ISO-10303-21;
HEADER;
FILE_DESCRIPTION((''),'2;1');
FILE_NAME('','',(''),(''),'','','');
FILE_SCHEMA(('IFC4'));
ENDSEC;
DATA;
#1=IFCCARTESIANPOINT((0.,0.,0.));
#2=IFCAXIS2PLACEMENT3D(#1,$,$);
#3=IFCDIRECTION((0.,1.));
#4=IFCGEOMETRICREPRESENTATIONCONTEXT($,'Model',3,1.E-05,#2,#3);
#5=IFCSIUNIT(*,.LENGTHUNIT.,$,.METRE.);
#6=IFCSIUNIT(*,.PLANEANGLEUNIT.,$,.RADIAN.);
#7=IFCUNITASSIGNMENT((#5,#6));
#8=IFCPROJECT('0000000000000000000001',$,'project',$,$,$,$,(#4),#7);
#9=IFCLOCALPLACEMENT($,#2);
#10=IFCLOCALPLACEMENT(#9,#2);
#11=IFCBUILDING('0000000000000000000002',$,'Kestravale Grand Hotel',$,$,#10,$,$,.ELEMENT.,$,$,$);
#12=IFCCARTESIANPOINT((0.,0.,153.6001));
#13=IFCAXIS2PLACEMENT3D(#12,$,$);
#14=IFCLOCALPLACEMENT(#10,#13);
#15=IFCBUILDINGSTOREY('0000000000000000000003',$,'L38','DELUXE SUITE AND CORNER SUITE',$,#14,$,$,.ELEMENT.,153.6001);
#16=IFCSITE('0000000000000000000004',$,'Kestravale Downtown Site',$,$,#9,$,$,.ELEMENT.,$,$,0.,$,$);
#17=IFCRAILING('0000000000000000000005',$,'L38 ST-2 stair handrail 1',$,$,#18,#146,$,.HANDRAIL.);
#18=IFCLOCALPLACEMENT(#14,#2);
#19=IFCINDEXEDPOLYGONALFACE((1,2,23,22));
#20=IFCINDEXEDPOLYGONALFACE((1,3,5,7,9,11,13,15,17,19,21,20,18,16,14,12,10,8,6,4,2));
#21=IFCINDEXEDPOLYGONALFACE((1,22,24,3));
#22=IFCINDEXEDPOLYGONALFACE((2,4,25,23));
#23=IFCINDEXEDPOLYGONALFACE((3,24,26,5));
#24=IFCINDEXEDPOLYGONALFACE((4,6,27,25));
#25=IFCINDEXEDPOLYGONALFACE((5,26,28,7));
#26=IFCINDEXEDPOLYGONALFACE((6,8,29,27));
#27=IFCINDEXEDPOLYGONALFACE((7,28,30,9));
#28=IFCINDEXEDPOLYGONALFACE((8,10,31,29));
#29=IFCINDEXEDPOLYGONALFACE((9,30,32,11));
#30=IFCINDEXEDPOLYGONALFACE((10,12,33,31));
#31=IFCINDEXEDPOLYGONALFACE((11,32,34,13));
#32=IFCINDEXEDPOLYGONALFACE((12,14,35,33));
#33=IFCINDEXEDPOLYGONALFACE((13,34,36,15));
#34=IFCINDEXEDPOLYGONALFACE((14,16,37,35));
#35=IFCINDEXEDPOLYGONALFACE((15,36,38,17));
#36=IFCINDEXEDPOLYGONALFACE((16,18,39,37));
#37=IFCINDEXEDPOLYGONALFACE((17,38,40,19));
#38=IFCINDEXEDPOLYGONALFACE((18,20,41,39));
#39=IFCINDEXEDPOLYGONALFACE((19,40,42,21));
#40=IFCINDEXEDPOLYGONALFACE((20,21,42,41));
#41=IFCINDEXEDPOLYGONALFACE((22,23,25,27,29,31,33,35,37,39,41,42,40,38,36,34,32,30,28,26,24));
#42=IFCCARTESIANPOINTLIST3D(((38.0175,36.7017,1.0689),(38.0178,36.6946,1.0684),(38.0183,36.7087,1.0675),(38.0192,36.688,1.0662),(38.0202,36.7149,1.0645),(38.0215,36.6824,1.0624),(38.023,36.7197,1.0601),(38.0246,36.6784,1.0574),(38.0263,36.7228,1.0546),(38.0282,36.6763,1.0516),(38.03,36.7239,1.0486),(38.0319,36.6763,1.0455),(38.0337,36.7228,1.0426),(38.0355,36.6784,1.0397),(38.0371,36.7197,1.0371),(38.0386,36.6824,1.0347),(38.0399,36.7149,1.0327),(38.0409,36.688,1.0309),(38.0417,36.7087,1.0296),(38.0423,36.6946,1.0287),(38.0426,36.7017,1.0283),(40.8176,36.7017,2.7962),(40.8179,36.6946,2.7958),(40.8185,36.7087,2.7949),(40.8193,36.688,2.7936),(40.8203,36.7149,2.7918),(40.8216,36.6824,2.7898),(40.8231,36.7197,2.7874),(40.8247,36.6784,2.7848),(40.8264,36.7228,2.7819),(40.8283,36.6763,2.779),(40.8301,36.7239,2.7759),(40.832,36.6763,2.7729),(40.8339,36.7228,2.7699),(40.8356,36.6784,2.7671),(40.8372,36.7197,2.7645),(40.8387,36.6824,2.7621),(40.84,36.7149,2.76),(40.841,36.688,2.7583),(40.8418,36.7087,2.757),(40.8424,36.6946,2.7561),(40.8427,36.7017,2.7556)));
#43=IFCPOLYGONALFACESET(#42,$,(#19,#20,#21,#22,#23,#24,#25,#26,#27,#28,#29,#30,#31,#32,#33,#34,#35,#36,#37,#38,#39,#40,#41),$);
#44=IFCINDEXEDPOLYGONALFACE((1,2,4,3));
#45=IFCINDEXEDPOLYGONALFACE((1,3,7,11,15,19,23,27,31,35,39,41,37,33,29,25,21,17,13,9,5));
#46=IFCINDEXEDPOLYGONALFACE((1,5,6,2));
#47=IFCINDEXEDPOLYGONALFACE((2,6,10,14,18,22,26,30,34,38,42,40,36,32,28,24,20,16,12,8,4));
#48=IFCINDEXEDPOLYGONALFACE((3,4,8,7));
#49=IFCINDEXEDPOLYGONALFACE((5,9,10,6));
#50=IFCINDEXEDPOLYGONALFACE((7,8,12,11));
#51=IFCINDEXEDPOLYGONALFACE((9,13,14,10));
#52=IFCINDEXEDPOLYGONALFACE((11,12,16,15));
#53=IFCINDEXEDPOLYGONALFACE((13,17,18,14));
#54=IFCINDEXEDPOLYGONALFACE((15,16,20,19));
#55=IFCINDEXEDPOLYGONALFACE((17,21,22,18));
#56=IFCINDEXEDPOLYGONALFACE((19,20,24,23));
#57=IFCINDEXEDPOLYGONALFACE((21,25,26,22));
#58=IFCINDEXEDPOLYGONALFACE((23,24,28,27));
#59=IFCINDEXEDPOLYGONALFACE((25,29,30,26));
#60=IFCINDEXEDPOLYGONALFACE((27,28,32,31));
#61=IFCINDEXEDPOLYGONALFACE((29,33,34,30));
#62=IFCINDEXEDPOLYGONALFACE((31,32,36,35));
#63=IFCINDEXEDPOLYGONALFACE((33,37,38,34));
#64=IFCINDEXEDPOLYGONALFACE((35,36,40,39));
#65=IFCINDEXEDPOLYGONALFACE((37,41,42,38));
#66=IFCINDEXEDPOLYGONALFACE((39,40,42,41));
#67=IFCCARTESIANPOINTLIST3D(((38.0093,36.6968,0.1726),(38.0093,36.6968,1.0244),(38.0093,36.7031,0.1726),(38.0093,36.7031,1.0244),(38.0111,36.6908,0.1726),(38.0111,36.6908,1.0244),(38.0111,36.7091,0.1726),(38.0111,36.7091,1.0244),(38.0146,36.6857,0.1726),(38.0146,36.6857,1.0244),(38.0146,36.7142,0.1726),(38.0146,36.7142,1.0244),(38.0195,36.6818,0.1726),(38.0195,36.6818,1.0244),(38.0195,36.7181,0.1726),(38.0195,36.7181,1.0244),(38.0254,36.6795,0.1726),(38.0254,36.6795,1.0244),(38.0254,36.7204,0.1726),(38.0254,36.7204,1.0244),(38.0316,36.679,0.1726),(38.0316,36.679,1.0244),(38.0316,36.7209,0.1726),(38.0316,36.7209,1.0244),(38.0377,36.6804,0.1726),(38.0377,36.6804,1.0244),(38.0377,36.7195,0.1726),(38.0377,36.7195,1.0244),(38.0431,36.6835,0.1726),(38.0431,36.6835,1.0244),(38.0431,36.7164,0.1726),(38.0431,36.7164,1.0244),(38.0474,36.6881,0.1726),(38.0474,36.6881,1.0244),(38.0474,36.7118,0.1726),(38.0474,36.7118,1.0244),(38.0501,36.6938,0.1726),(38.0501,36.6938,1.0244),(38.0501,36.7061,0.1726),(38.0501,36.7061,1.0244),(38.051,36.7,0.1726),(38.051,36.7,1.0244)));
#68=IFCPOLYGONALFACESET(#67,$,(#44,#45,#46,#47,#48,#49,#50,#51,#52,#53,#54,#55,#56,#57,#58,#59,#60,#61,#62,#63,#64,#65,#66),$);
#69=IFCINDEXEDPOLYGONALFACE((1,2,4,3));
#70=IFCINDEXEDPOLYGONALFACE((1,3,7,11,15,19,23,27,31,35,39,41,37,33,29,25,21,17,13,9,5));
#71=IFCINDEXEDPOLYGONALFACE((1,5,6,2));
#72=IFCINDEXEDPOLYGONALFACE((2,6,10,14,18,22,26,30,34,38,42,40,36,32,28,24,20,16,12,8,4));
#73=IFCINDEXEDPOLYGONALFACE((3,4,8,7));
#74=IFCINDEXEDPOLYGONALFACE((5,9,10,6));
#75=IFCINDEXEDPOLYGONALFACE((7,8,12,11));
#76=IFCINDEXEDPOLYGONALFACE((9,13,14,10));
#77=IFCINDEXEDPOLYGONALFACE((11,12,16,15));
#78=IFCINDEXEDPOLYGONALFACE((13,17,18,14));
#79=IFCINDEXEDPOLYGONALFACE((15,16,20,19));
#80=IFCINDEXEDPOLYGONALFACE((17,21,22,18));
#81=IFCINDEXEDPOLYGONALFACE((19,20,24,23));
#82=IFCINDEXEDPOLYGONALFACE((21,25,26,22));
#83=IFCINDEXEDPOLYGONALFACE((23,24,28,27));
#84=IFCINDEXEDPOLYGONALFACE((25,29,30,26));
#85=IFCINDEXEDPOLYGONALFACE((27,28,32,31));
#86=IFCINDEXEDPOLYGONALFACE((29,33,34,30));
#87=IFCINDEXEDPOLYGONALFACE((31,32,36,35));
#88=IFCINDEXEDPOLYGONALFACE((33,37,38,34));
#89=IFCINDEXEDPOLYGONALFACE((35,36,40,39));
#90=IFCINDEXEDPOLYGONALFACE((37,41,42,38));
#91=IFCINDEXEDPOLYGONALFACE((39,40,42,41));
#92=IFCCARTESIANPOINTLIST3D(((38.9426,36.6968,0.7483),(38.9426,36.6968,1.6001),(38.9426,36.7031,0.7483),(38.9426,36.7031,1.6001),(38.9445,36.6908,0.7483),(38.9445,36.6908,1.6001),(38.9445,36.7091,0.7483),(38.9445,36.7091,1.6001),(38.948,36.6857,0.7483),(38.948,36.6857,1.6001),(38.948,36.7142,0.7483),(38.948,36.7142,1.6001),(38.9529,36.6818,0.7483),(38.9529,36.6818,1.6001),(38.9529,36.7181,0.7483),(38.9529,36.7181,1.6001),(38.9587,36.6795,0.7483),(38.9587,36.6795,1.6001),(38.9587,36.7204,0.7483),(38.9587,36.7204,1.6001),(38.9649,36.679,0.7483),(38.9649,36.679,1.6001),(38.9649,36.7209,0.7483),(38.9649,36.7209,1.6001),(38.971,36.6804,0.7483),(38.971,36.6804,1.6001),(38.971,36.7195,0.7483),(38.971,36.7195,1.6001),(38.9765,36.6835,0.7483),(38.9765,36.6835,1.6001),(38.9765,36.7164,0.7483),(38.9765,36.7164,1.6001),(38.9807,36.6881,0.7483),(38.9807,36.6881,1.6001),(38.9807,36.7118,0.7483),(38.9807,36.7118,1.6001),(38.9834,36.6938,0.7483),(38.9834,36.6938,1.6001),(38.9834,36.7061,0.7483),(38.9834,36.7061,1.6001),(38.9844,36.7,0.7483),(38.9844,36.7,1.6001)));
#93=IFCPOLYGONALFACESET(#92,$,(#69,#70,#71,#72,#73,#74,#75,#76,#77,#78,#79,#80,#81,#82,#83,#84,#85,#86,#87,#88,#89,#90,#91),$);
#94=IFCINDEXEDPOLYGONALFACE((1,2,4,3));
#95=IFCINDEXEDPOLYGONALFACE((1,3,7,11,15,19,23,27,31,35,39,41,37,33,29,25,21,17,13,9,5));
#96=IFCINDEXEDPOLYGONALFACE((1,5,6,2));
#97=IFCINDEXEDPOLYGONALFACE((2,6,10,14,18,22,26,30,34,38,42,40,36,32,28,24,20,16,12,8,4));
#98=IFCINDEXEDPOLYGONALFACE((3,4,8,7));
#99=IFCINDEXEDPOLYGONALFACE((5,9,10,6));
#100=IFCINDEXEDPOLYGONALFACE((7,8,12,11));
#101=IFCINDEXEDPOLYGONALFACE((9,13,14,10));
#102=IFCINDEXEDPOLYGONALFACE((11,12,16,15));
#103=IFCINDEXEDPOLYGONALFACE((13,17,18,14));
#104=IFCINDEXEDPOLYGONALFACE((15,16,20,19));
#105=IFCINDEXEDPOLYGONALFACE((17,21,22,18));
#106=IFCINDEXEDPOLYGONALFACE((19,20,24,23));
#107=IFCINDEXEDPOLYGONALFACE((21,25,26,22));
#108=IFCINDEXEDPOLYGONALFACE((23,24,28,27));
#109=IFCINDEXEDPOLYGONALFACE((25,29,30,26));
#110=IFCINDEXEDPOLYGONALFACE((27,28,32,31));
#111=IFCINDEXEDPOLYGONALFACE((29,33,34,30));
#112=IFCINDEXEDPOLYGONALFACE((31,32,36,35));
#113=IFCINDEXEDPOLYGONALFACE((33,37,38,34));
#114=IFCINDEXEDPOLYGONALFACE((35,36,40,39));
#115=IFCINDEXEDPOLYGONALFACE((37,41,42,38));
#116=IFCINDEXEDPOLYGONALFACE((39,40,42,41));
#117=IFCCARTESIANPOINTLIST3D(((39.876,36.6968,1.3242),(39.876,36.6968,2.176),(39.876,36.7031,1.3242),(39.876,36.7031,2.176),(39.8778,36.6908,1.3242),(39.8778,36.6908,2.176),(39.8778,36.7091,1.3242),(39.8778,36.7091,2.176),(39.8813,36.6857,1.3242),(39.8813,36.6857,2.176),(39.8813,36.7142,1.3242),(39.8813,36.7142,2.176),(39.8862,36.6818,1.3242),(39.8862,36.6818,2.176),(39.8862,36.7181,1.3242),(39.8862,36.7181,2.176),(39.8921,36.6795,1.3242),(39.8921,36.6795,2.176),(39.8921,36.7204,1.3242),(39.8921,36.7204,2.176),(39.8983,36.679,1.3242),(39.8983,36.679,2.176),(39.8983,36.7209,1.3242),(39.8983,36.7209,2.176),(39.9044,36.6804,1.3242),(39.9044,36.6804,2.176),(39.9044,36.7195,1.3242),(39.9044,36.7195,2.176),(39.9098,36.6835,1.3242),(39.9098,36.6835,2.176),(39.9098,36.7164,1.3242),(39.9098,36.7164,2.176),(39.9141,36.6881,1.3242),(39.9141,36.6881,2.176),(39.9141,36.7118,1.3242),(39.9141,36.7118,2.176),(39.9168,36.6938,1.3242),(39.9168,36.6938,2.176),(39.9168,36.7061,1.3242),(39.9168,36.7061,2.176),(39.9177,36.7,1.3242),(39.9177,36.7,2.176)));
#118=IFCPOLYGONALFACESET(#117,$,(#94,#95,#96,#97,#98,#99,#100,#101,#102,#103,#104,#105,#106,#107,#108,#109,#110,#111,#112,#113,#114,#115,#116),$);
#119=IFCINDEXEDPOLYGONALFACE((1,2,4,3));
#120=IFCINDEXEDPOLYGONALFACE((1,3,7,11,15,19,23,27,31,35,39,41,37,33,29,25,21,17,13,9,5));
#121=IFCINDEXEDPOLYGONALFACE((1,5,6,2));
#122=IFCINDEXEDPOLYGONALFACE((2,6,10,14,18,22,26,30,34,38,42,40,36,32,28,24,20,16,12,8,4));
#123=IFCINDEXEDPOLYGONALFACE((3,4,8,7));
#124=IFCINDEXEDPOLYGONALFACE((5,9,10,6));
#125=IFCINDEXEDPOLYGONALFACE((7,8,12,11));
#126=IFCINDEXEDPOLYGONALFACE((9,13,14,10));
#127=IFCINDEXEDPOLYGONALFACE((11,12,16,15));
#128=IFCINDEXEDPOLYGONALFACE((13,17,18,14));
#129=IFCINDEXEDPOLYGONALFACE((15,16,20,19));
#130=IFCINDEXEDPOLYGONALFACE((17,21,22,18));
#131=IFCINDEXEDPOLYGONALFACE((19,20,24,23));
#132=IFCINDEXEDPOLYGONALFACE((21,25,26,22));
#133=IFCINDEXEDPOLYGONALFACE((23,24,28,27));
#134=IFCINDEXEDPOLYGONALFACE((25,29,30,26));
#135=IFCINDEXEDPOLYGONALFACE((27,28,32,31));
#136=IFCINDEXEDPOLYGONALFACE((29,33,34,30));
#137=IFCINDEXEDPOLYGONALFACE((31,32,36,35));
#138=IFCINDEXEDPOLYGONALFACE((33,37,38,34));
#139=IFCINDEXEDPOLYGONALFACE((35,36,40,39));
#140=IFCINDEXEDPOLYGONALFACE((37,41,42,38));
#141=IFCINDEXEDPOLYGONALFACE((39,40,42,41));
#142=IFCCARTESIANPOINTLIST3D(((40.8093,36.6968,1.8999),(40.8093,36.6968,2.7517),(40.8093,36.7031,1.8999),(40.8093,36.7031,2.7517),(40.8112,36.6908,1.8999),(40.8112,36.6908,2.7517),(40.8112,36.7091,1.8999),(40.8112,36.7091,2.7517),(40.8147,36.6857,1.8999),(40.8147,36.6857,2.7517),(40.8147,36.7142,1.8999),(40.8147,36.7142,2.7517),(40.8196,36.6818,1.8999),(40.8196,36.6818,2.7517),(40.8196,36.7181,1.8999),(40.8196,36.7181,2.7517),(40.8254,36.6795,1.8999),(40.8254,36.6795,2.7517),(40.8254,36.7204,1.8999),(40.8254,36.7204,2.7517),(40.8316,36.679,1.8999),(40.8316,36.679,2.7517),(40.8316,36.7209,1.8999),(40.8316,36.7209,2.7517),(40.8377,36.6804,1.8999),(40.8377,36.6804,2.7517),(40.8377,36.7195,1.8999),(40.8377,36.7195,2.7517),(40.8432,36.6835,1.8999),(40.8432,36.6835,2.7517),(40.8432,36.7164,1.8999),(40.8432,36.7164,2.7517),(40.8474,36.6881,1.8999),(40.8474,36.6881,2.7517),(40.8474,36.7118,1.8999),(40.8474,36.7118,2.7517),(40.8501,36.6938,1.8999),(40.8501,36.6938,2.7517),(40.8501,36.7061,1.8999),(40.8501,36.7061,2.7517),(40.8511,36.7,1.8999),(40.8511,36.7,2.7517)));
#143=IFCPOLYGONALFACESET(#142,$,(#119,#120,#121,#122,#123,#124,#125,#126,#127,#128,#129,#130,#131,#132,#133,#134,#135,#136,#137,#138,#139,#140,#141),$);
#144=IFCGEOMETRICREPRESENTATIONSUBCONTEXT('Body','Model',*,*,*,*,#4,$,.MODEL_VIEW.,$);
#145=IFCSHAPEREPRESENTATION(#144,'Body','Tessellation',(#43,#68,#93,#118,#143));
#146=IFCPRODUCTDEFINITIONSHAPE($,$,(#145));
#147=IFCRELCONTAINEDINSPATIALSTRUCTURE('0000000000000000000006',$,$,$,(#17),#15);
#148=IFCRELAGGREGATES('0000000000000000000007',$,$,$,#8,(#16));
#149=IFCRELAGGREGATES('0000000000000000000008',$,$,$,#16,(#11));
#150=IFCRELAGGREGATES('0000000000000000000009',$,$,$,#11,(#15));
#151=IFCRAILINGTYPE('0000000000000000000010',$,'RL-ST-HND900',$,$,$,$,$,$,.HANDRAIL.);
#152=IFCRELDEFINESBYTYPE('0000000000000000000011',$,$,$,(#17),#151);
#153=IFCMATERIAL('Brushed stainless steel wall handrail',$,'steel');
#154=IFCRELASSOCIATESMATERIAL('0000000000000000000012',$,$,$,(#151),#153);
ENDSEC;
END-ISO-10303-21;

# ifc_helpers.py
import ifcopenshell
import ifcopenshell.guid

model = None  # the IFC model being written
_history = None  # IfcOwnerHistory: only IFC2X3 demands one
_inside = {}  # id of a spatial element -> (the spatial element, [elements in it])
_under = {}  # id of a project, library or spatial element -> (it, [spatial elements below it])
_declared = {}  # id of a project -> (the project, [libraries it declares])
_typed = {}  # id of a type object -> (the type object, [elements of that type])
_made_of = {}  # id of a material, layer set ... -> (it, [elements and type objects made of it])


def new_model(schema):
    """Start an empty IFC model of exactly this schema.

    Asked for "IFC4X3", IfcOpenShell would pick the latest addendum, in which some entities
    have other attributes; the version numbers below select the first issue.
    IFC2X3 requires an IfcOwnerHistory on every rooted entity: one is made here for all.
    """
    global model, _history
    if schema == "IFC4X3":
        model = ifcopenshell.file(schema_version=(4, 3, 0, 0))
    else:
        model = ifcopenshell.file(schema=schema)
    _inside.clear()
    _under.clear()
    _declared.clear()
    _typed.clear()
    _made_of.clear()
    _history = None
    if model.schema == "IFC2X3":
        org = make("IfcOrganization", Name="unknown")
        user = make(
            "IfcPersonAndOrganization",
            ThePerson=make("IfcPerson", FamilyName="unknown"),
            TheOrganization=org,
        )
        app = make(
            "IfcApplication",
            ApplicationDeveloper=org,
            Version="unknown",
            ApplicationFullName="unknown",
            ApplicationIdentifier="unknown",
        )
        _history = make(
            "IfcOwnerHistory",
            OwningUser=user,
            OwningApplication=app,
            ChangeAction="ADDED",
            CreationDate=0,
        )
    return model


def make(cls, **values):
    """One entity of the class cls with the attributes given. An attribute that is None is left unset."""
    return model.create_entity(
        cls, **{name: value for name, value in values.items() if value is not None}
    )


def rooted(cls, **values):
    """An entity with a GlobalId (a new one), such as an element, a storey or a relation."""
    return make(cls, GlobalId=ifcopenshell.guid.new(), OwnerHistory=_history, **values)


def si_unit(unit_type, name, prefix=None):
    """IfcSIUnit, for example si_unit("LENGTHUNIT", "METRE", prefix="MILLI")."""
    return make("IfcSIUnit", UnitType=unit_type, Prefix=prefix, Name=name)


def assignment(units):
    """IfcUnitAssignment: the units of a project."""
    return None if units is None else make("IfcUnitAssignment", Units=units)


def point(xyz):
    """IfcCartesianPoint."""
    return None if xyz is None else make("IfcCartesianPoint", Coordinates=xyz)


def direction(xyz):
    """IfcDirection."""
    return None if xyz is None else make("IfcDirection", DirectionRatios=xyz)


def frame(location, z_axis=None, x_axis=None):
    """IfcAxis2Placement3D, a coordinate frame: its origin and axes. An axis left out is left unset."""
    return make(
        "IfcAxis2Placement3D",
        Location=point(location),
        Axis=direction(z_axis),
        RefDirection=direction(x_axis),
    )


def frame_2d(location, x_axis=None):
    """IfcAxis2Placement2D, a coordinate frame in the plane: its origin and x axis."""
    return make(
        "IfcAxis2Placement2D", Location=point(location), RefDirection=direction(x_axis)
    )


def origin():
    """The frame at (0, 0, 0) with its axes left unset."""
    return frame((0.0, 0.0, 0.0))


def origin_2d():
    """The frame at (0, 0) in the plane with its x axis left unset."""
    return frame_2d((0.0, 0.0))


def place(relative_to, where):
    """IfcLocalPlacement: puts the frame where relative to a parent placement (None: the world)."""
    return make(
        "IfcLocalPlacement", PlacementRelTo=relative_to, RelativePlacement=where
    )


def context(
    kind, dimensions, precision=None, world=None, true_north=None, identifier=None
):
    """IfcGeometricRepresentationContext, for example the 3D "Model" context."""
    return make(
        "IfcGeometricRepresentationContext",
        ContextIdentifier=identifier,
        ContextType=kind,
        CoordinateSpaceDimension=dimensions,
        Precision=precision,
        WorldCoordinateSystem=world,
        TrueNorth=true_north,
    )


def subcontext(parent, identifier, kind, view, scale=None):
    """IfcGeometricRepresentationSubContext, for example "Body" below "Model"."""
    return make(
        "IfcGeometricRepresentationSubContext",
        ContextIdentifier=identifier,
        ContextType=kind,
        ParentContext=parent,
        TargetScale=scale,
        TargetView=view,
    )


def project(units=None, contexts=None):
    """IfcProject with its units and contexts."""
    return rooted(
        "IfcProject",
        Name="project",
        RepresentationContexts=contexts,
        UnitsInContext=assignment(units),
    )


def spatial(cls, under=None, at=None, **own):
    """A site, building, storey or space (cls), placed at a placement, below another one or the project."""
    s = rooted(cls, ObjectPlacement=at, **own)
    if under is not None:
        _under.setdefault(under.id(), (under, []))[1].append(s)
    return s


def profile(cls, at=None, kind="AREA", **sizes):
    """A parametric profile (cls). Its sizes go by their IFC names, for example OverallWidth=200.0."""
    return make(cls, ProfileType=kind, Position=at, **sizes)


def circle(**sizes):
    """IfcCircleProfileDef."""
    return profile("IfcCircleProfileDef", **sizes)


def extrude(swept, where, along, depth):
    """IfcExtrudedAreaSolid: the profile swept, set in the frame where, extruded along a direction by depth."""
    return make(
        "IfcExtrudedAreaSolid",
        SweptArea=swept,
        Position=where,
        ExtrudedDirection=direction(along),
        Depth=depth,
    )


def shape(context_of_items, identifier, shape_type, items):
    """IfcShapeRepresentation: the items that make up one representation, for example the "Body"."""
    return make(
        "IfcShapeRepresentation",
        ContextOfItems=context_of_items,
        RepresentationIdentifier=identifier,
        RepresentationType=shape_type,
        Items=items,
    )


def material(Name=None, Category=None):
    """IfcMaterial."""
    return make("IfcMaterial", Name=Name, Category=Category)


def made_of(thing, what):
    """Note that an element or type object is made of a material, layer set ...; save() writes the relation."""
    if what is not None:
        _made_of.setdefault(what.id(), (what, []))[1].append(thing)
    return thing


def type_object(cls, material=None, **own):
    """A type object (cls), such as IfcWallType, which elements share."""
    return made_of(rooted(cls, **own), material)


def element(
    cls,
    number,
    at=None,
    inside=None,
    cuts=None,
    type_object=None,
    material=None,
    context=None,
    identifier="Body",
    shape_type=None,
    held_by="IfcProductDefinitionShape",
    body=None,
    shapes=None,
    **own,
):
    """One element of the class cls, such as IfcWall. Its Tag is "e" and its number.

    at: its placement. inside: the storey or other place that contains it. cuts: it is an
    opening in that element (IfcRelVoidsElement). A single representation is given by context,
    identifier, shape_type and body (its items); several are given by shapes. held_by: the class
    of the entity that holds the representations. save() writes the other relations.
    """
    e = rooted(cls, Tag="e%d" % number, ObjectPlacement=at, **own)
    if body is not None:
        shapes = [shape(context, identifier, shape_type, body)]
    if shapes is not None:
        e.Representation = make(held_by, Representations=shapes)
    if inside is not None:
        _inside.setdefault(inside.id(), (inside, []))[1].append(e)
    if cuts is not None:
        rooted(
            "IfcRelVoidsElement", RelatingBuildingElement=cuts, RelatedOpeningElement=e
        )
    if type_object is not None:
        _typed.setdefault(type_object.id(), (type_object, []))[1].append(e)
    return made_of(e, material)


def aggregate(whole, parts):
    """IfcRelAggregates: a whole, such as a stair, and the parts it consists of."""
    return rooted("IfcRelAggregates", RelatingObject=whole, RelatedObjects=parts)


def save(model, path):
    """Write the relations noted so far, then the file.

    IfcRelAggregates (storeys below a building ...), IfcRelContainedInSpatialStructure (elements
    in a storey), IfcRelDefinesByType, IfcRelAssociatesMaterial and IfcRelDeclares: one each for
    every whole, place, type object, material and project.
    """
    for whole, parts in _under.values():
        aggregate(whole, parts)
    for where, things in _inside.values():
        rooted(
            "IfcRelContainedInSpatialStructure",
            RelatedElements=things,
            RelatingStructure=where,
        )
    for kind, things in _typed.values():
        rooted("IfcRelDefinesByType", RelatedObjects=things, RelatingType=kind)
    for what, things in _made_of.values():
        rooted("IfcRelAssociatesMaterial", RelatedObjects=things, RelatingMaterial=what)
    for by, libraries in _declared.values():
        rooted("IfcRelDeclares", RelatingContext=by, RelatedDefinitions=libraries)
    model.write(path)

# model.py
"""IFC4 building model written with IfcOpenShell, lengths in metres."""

from ifc_helpers import new_model, si_unit, direction, frame, origin, origin_2d, place, context, subcontext, project, spatial, circle, extrude, material, type_object, element, save


model = new_model("IFC4")

# Units and contexts
model_context = context("Model", 3, precision=1e-05, world=origin(), true_north=direction((0.0, 1.0)))
body_context = subcontext(model_context, "Body", "Model", "MODEL_VIEW")
ifc_project = project(units=[si_unit("LENGTHUNIT", "METRE"), si_unit("PLANEANGLEUNIT", "RADIAN")], contexts=[model_context])

# Site, building, storey
site_placement = place(None, origin())
site = spatial("IfcSite", under=ifc_project, at=site_placement, Name="Kestravale Downtown Site", CompositionType="ELEMENT", RefElevation=0.0)
building_placement = place(site_placement, origin())
building = spatial("IfcBuilding", under=site, at=building_placement, Name="Kestravale Grand Hotel", CompositionType="ELEMENT")
storey_placement = place(building_placement, frame((0.0, 0.0, 153.6001)))
storey = spatial("IfcBuildingStorey", under=building, at=storey_placement, Name="L38", Description="DELUXE SUITE AND CORNER SUITE", CompositionType="ELEMENT", Elevation=153.6001)

# Railing
ifc_material_1 = material(Name="Brushed stainless steel wall handrail", Category="steel")
railing_type_1 = type_object("IfcRailingType", Name="RL-ST-HND900", PredefinedType="HANDRAIL", material=ifc_material_1)
railing_1_placement = place(storey_placement, frame((38.03, 36.7, 0.1726)))
element("IfcRailing", 1, at=railing_1_placement, inside=storey, type_object=railing_type_1, Name="L38 ST-2 stair handrail 1", PredefinedType="HANDRAIL", context=body_context, shape_type="SweptSolid", body=[
    extrude(circle(Radius=0.0239, at=origin_2d()), frame((0.0, 0.0, 0.876), z_axis=(0.85109, 0.0, 0.52502), x_axis=(0.0, 1.0, 0.0)), (0.0, 0.0, 1.0), 3.29),
    extrude(circle(Radius=0.021, at=origin_2d()), origin(), (0.0, 0.0, 1.0), 0.8518),
    extrude(circle(Radius=0.021, at=origin_2d()), frame((0.9333, 0.0, 0.5757)), (0.0, 0.0, 1.0), 0.8518),
    extrude(circle(Radius=0.021, at=origin_2d()), frame((1.8667, 0.0, 1.1516)), (0.0, 0.0, 1.0), 0.8518),
    extrude(circle(Radius=0.021, at=origin_2d()), frame((2.8, 0.0, 1.7273)), (0.0, 0.0, 1.0), 0.8518),
])

save(model, "model.ifc")
